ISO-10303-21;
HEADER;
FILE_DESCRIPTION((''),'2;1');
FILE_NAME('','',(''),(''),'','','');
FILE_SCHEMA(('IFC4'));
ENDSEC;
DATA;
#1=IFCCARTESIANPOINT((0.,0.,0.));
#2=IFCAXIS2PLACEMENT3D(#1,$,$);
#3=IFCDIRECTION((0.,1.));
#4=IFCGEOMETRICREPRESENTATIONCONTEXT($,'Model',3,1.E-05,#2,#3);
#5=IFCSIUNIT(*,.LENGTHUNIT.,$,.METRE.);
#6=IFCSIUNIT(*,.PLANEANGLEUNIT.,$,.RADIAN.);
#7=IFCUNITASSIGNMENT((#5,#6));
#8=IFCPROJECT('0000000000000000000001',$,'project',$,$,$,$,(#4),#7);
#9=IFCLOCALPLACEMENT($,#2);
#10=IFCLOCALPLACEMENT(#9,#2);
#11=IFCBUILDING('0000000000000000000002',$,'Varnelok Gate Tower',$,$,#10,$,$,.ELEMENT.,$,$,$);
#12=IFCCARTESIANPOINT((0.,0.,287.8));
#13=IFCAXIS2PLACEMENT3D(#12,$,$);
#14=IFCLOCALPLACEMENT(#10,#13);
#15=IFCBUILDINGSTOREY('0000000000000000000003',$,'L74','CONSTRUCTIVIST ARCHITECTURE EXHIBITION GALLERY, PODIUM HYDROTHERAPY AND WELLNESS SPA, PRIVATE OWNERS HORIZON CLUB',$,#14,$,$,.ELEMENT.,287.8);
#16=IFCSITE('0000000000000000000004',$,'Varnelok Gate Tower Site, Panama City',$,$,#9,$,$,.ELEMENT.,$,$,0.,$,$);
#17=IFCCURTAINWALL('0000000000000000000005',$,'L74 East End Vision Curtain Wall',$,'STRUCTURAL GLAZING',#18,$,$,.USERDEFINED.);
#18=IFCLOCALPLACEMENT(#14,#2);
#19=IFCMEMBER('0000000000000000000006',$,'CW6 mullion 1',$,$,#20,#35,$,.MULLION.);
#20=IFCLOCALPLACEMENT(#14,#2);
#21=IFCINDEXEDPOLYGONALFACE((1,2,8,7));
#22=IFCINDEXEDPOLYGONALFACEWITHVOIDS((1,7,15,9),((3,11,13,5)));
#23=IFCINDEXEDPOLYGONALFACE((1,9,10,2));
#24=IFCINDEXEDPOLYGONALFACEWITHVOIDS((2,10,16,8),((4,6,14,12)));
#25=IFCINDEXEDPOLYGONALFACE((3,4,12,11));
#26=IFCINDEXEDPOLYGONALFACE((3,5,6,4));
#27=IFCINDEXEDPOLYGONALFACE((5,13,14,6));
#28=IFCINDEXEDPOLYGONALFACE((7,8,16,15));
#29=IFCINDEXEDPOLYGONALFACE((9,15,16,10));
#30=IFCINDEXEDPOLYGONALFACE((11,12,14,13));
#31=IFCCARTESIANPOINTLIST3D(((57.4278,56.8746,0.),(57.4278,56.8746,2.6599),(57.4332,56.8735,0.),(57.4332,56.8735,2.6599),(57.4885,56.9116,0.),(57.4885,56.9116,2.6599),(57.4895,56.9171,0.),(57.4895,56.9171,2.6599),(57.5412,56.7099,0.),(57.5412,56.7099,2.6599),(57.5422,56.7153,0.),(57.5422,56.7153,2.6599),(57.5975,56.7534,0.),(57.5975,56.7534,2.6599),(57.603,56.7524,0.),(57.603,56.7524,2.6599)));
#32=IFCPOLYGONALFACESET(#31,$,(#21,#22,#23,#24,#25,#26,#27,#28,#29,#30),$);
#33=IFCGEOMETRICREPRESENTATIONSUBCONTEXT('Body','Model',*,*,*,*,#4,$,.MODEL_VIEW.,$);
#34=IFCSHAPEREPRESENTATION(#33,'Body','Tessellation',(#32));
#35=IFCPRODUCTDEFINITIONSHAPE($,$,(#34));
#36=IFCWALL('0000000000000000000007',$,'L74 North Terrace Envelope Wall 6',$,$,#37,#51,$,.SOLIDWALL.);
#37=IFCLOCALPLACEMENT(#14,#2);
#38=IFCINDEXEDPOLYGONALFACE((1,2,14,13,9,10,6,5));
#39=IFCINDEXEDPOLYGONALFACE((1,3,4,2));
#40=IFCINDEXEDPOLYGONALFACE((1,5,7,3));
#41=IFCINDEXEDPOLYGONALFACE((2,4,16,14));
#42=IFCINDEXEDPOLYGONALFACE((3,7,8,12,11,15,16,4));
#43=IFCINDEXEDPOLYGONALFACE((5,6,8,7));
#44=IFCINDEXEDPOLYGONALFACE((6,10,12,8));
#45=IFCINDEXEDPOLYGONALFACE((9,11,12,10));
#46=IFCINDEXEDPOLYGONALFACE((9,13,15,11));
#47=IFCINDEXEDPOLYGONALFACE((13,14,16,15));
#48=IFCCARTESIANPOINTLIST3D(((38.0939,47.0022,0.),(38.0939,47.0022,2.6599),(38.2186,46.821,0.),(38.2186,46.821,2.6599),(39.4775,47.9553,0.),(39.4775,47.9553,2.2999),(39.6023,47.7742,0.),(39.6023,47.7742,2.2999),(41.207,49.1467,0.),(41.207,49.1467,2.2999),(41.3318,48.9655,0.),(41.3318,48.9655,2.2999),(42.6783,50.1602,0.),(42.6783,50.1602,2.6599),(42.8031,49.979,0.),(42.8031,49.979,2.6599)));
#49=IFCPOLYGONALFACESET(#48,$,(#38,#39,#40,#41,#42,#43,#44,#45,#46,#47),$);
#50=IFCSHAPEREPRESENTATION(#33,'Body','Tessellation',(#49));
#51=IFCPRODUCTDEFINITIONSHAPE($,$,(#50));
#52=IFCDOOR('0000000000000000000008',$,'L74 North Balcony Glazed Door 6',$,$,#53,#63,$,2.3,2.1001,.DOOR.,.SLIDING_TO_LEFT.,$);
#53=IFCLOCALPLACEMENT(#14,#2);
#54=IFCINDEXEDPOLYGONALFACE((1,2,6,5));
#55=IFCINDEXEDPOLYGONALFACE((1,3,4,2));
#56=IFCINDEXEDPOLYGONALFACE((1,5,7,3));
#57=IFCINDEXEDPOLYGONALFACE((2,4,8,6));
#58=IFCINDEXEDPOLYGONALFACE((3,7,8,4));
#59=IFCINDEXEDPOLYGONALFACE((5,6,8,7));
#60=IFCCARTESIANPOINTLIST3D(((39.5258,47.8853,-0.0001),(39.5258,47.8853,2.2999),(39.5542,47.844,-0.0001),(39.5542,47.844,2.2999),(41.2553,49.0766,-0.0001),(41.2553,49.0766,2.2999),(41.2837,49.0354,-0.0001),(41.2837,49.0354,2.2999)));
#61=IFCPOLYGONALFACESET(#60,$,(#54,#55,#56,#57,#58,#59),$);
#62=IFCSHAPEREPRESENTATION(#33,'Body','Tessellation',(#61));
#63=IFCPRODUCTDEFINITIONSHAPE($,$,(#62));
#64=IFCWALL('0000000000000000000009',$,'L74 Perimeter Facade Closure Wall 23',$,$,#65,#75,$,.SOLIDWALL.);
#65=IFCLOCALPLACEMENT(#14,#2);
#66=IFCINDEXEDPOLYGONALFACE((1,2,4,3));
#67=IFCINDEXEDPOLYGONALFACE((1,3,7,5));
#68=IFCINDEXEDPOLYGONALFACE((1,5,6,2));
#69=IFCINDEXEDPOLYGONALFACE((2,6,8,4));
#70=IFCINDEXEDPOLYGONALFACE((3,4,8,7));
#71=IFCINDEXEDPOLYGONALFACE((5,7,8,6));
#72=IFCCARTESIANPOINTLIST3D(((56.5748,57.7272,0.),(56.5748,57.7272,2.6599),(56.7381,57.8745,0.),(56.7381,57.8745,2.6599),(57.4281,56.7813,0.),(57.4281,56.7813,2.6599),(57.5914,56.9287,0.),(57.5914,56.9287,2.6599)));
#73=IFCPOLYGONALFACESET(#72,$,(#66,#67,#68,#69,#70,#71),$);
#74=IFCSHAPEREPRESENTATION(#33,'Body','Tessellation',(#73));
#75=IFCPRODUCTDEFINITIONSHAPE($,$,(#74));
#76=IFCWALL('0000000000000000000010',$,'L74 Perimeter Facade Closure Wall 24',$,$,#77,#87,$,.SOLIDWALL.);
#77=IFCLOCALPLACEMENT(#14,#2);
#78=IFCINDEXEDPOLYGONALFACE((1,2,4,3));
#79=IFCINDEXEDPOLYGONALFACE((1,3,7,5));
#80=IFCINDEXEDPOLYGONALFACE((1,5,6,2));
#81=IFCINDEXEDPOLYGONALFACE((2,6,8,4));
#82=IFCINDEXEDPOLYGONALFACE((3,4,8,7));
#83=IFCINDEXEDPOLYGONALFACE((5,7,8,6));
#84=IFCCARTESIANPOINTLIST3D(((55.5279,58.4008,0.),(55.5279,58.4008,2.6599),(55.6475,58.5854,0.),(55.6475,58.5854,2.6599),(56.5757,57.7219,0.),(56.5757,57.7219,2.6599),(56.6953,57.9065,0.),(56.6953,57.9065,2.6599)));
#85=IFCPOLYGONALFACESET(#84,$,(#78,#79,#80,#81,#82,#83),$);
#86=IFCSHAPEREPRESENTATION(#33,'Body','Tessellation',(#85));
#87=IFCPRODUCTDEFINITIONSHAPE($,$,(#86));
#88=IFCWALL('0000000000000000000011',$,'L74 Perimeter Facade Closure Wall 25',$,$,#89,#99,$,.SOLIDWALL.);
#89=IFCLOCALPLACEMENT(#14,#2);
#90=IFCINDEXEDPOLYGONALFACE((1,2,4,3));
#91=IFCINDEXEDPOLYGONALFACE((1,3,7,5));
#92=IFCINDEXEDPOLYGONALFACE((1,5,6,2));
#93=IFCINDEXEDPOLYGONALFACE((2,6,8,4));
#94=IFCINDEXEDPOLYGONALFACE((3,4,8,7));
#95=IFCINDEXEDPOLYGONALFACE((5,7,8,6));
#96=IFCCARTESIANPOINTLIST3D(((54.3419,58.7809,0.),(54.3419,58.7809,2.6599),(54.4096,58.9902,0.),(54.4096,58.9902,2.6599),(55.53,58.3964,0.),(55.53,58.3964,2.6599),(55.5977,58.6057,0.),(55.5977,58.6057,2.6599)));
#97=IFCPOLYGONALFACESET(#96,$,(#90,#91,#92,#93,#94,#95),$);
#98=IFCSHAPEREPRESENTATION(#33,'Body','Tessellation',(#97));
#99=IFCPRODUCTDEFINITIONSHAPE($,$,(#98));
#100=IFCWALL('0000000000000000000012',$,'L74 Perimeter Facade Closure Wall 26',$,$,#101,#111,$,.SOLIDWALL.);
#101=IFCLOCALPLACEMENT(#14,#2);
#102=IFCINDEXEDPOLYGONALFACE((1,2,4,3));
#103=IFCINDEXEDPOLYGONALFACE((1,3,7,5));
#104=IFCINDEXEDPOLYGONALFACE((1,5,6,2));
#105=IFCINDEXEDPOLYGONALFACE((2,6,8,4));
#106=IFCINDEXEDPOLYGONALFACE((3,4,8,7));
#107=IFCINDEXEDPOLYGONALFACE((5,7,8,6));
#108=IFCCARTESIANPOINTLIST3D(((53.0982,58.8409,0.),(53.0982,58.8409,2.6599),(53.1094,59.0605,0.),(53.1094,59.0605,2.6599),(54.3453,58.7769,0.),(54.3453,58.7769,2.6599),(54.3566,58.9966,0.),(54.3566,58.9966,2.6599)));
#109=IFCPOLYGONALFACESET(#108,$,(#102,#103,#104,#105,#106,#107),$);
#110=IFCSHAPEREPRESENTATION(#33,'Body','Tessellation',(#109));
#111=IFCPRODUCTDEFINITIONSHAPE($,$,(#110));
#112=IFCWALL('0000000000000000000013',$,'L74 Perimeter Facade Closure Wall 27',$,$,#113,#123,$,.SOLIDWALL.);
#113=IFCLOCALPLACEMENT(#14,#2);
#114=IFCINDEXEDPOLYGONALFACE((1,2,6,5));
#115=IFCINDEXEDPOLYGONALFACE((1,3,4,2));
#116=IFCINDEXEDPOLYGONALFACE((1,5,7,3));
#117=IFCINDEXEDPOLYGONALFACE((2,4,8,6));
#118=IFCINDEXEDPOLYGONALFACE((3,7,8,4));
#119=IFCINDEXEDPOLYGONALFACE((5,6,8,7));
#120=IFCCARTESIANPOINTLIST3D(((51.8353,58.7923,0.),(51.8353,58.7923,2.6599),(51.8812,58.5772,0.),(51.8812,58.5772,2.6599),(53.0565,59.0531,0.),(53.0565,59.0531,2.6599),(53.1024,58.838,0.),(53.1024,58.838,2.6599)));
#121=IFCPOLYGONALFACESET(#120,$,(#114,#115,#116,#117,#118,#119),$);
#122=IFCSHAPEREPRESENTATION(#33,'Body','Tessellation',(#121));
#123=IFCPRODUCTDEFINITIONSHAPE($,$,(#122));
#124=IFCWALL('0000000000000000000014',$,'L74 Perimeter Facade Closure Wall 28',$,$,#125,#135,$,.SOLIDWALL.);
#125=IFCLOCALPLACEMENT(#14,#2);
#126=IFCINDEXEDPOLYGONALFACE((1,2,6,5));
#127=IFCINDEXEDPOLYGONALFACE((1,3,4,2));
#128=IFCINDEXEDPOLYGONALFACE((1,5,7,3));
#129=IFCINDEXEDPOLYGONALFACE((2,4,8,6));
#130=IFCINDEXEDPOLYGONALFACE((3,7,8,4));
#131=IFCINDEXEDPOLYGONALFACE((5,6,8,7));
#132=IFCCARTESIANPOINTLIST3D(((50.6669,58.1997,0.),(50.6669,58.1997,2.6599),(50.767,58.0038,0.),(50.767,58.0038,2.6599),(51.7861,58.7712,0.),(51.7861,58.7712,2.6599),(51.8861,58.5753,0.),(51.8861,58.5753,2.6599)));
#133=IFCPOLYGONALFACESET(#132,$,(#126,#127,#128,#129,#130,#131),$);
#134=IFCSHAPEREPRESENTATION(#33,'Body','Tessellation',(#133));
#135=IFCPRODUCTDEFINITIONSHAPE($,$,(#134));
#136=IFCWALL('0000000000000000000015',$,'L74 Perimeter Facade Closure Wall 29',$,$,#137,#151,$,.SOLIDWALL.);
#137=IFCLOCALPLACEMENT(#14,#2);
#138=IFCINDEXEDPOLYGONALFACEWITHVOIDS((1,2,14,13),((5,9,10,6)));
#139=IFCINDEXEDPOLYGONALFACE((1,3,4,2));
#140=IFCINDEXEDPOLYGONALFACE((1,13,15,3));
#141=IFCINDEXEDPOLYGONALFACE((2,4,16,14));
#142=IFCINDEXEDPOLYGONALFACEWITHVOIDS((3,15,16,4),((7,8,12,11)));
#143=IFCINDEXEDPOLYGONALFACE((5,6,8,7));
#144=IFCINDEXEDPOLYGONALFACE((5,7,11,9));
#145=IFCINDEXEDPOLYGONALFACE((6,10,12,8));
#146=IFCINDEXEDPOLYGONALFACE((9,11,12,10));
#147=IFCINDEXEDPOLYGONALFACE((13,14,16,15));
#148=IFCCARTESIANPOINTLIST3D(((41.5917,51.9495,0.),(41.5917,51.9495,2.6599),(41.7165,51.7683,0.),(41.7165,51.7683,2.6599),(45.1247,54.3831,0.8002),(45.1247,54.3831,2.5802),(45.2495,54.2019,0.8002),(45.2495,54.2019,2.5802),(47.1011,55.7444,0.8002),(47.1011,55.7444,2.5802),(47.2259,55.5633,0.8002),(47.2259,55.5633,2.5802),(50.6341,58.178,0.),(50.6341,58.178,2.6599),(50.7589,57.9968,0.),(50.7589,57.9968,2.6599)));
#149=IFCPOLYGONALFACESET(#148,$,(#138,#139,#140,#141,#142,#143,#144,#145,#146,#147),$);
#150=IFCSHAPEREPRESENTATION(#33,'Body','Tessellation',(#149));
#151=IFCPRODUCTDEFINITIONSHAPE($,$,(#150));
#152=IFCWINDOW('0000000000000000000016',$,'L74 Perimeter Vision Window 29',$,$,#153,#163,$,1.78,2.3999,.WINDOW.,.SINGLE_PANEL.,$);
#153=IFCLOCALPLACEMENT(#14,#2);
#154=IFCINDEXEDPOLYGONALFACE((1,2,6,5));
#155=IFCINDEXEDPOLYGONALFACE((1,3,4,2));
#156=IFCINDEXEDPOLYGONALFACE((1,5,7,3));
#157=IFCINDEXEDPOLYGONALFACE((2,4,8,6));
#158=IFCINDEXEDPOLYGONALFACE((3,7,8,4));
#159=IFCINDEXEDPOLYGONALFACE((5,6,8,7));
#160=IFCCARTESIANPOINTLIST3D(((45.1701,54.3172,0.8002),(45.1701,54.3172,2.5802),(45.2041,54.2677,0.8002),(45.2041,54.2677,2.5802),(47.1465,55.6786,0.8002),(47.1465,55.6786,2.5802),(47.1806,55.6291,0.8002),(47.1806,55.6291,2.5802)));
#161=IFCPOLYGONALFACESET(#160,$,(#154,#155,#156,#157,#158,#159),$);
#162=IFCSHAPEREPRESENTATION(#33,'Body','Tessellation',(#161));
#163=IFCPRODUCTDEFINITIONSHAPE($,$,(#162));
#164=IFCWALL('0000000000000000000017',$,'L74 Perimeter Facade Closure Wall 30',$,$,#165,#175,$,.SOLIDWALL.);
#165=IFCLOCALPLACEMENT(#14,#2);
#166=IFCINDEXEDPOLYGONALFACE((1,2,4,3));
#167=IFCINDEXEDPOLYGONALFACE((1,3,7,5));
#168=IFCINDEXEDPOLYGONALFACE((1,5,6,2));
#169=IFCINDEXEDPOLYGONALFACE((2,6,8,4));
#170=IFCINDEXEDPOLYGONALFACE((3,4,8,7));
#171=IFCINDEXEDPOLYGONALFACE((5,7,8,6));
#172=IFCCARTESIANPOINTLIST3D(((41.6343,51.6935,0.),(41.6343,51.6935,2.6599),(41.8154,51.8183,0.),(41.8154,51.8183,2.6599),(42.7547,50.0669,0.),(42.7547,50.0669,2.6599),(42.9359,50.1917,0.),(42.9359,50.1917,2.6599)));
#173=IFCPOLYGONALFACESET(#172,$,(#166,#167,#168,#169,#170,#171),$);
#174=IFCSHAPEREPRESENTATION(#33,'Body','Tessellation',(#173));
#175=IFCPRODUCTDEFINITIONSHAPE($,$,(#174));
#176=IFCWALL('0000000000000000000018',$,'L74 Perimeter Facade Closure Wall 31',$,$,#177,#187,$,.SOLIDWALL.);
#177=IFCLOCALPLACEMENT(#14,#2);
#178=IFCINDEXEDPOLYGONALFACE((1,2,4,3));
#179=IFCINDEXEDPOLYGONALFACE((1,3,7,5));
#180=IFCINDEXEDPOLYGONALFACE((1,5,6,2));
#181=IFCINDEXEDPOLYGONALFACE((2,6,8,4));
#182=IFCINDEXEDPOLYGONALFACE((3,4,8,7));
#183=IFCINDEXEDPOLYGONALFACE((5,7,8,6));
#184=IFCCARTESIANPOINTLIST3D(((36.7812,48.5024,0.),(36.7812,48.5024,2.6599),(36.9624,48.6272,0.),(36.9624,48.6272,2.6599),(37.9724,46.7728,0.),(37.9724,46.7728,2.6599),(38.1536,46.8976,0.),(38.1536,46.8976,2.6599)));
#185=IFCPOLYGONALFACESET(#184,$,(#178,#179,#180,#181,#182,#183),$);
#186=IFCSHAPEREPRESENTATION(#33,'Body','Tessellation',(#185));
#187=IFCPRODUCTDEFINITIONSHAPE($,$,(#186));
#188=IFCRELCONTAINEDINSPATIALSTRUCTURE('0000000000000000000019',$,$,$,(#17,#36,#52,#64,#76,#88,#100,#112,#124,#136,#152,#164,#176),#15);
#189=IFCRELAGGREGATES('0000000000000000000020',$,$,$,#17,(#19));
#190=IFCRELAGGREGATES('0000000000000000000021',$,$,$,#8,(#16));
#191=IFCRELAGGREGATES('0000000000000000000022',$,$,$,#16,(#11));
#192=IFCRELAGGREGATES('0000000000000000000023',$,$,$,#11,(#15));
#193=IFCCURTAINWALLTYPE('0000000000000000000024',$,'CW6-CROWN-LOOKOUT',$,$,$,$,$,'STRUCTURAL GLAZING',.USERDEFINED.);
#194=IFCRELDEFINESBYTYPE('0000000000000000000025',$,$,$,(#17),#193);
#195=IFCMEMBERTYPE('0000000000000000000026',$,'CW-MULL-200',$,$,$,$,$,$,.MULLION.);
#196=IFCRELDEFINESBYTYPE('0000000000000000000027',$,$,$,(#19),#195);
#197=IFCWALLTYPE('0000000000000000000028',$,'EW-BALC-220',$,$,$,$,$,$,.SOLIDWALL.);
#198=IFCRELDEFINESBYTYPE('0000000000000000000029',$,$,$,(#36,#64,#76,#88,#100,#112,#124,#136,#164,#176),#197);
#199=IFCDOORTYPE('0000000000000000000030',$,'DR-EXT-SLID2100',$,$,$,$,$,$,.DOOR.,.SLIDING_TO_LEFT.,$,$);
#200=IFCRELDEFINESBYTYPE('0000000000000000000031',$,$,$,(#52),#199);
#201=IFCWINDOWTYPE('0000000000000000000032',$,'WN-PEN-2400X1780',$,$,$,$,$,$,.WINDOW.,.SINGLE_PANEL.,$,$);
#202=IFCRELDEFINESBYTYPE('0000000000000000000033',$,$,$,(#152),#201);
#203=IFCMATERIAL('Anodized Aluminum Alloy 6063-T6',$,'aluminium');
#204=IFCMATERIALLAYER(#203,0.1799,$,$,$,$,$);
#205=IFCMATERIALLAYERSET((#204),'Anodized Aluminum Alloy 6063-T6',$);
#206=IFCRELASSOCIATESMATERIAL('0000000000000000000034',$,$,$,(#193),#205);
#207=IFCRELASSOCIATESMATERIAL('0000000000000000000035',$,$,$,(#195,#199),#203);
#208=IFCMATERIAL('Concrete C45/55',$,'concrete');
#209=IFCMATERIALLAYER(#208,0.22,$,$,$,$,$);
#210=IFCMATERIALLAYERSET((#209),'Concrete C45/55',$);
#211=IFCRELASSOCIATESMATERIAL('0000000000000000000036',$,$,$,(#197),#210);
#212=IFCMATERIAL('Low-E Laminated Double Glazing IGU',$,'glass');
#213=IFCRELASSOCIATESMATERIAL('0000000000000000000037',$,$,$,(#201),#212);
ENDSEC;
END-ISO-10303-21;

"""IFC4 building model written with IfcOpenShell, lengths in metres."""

from ifc_helpers import new_model, si_unit, direction, frame, frame_2d, origin, origin_2d, place, context, subcontext, project, spatial, rectangle, hollow_rectangle, extrude, material, layer, layer_set, material_profile, profile_set, type_object, element, fill, aggregate, save


model = new_model("IFC4")

# Units and contexts
model_context = context("Model", 3, precision=1e-05, world=origin(), true_north=direction((0.0, 1.0)))
body_context = subcontext(model_context, "Body", "Model", "MODEL_VIEW")
ifc_project = project(units=[si_unit("LENGTHUNIT", "METRE"), si_unit("PLANEANGLEUNIT", "RADIAN")], contexts=[model_context])

# Site, building, storey
site_placement = place(None, origin())
site = spatial("IfcSite", under=ifc_project, at=site_placement, Name="Varnelok Gate Tower Site, Panama City", CompositionType="ELEMENT", RefElevation=0.0)
building_placement = place(site_placement, origin())
building = spatial("IfcBuilding", under=site, at=building_placement, Name="Varnelok Gate Tower", CompositionType="ELEMENT")
storey_placement = place(building_placement, frame((0.0, 0.0, 287.8)))
storey = spatial("IfcBuildingStorey", under=building, at=storey_placement, Name="L74", Description="CONSTRUCTIVIST ARCHITECTURE EXHIBITION GALLERY, PODIUM HYDROTHERAPY AND WELLNESS SPA, PRIVATE OWNERS HORIZON CLUB", CompositionType="ELEMENT", Elevation=287.8)

# Curtain wall, member
ifc_material_1 = material(Name="Anodized Aluminum Alloy 6063-T6", Category="aluminium")
ifc_layer_1 = layer(ifc_material_1, 0.1799)
ifc_layer_set_1 = layer_set([ifc_layer_1], Name="Anodized Aluminum Alloy 6063-T6")
curtain_wall_type = type_object("IfcCurtainWallType", Name="CW6-CROWN-LOOKOUT", ElementType="STRUCTURAL GLAZING", PredefinedType="USERDEFINED", material=ifc_layer_set_1)
curtain_wall_placement = place(storey_placement, origin())
curtain_wall = element("IfcCurtainWall", 1, at=curtain_wall_placement, inside=storey, type_object=curtain_wall_type, Name="L74 East End Vision Curtain Wall", ObjectType="STRUCTURAL GLAZING", PredefinedType="USERDEFINED")
ifc_material_profile_1 = material_profile(ifc_material_1, hollow_rectangle(XDim=0.075, YDim=0.2, WallThickness=0.0039, at=origin_2d()), Name="ALU200X75X4")
ifc_profile_set_1 = profile_set([ifc_material_profile_1], Name="Anodized Aluminum Alloy 6063-T6")
member_type = type_object("IfcMemberType", Name="CW-MULL-200", PredefinedType="MULLION", material=ifc_profile_set_1)
member_placement = place(storey_placement, frame((57.5154, 56.8135, 0.0), z_axis=(0.0, 0.0, 1.0), x_axis=(0.823532, 0.567269, 0.0)))
member = element("IfcMember", 2, at=member_placement, type_object=member_type, Name="CW6 mullion 1", PredefinedType="MULLION", context=body_context, shape_type="SweptSolid", body=[
    extrude(hollow_rectangle(XDim=0.075, YDim=0.2, WallThickness=0.0039, at=origin_2d()), origin(), (0.0, 0.0, 1.0), 2.6599),
])
aggregate(curtain_wall, [member])

# Wall, opening, door
ifc_material_2 = material(Name="Concrete C45/55", Category="concrete")
ifc_layer_2 = layer(ifc_material_2, 0.22)
ifc_layer_set_2 = layer_set([ifc_layer_2], Name="Concrete C45/55")
wall_type_1 = type_object("IfcWallType", Name="EW-BALC-220", PredefinedType="SOLIDWALL", material=ifc_layer_set_2)
wall_1_placement = place(storey_placement, frame((38.1562, 46.9116, 0.0), z_axis=(0.0, 0.0, 1.0), x_axis=(0.823527, 0.567277, 0.0)))
wall_1 = element("IfcWall", 3, at=wall_1_placement, inside=storey, type_object=wall_type_1, Name="L74 North Terrace Envelope Wall 6", PredefinedType="SOLIDWALL", context=body_context, shape_type="SweptSolid", body=[
    extrude(rectangle(XDim=5.5669, YDim=0.22, at=frame_2d((2.7834, 0.0))), origin(), (0.0, 0.0, 1.0), 2.6599),
])
opening_1_placement = place(wall_1_placement, frame((1.6802, 0.0, 0.0)))
opening_1 = element("IfcOpeningElement", 4, at=opening_1_placement, cuts=wall_1, PredefinedType="OPENING", context=body_context, shape_type="SweptSolid", body=[
    extrude(rectangle(XDim=2.1001, YDim=2.3, at=frame_2d((1.05, 1.1499))), frame((0.0, 0.1199, 0.0), z_axis=(0.0, -1.0, 0.0), x_axis=(1.0, 0.0, 0.0)), (0.0, 0.0, 1.0), 0.24),
])
door_type = type_object("IfcDoorType", Name="DR-EXT-SLID2100", OperationType="SLIDING_TO_LEFT", PredefinedType="DOOR", material=ifc_material_1)
door_placement = place(opening_1_placement, origin())
door = element("IfcDoor", 5, at=door_placement, inside=storey, type_object=door_type, Name="L74 North Balcony Glazed Door 6", OperationType="SLIDING_TO_LEFT", OverallHeight=2.3, OverallWidth=2.1001, PredefinedType="DOOR", context=body_context, shape_type="SweptSolid", body=[
    extrude(rectangle(XDim=2.1001, YDim=2.3, at=frame_2d((1.05, 1.1499))), frame((0.0, 0.0249, 0.0), z_axis=(0.0, -1.0, 0.0), x_axis=(1.0, 0.0, 0.0)), (0.0, 0.0, 1.0), 0.05),
])
fill(opening_1, door)

# Walls
wall_2_placement = place(storey_placement, frame((57.5098, 56.855, 0.0), z_axis=(0.0, 0.0, 1.0), x_axis=(-0.669854, 0.742493, 0.0)))
element("IfcWall", 6, at=wall_2_placement, inside=storey, type_object=wall_type_1, Name="L74 Perimeter Facade Closure Wall 23", PredefinedType="SOLIDWALL", context=body_context, shape_type="SweptSolid", body=[
    extrude(rectangle(XDim=1.2739, YDim=0.22, at=frame_2d((0.637, 0.0))), origin(), (0.0, 0.0, 1.0), 2.6599),
])
wall_3_placement = place(storey_placement, frame((56.6355, 57.8142, 0.0), z_axis=(0.0, 0.0, 1.0), x_axis=(-0.839229, 0.543778, 0.0)))
element("IfcWall", 7, at=wall_3_placement, inside=storey, type_object=wall_type_1, Name="L74 Perimeter Facade Closure Wall 24", PredefinedType="SOLIDWALL", context=body_context, shape_type="SweptSolid", body=[
    extrude(rectangle(XDim=1.2485, YDim=0.22, at=frame_2d((0.6243, 0.0))), origin(), (0.0, 0.0, 1.0), 2.6599),
])
for number, where, z_axis, x_axis, name in (
    (8, (55.564, 58.501, 0.0), (0.0, 0.0, 1.0), (-0.951404, 0.307945, 0.0), "L74 Perimeter Facade Closure Wall 25"),
    (9, (54.3511, 58.8867, 0.0), (0.0, 0.0, 1.0), (-0.998687, 0.051225, 0.0), "L74 Perimeter Facade Closure Wall 26"),
    (10, (53.0796, 58.9456, 0.0), (0.0, 0.0, 1.0), (-0.977957, -0.208808, 0.0), "L74 Perimeter Facade Closure Wall 27"),
):
    element("IfcWall", number, at=place(storey_placement, frame(where, z_axis=z_axis, x_axis=x_axis)), inside=storey, type_object=wall_type_1, Name=name, PredefinedType="SOLIDWALL", context=body_context, shape_type="SweptSolid", body=[
        extrude(rectangle(XDim=1.2488, YDim=0.22, at=frame_2d((0.6245, 0.0))), origin(), (0.0, 0.0, 1.0), 2.6599),
    ])
wall_4_placement = place(storey_placement, frame((51.8362, 58.6733, 0.0), z_axis=(0.0, 0.0, 1.0), x_axis=(-0.890587, -0.454813, 0.0)))
element("IfcWall", 11, at=wall_4_placement, inside=storey, type_object=wall_type_1, Name="L74 Perimeter Facade Closure Wall 28", PredefinedType="SOLIDWALL", context=body_context, shape_type="SweptSolid", body=[
    extrude(rectangle(XDim=1.2566, YDim=0.22, at=frame_2d((0.6284, 0.0))), origin(), (0.0, 0.0, 1.0), 2.6599),
])

# Wall, opening, window
wall_5_placement = place(storey_placement, frame((50.6965, 58.0874, 0.0), z_axis=(0.0, 0.0, 1.0), x_axis=(-0.823539, -0.567259, 0.0)))
wall_5 = element("IfcWall", 12, at=wall_5_placement, inside=storey, type_object=wall_type_1, Name="L74 Perimeter Facade Closure Wall 29", PredefinedType="SOLIDWALL", context=body_context, shape_type="SweptSolid", body=[
    extrude(rectangle(XDim=10.98, YDim=0.22, at=frame_2d((5.49, 0.0))), origin(), (0.0, 0.0, 1.0), 2.6599),
])
opening_2_placement = place(wall_5_placement, frame((4.29, 0.0, 0.8)))
opening_2 = element("IfcOpeningElement", 13, at=opening_2_placement, cuts=wall_5, PredefinedType="OPENING", context=body_context, shape_type="SweptSolid", body=[
    extrude(rectangle(XDim=2.3999, YDim=1.78, at=frame_2d((1.2, 0.8901))), frame((0.0, 0.1199, 0.0), z_axis=(0.0, -1.0, 0.0), x_axis=(1.0, 0.0, 0.0)), (0.0, 0.0, 1.0), 0.24),
])
ifc_material_3 = material(Name="Low-E Laminated Double Glazing IGU", Category="glass")
window_type = type_object("IfcWindowType", Name="WN-PEN-2400X1780", PartitioningType="SINGLE_PANEL", PredefinedType="WINDOW", material=ifc_material_3)
window_placement = place(opening_2_placement, origin())
window = element("IfcWindow", 14, at=window_placement, inside=storey, type_object=window_type, Name="L74 Perimeter Vision Window 29", OverallHeight=1.78, OverallWidth=2.3999, PartitioningType="SINGLE_PANEL", PredefinedType="WINDOW", context=body_context, shape_type="SweptSolid", body=[
    extrude(rectangle(XDim=2.3999, YDim=1.78, at=frame_2d((1.2, 0.8901))), frame((0.0, 0.03, 0.0), z_axis=(0.0, -1.0, 0.0), x_axis=(1.0, 0.0, 0.0)), (0.0, 0.0, 1.0), 0.0601),
])
fill(opening_2, window)

# Walls
wall_6_placement = place(storey_placement, frame((41.7249, 51.7559, 0.0), z_axis=(0.0, 0.0, 1.0), x_axis=(0.567274, -0.823529, 0.0)))
element("IfcWall", 15, at=wall_6_placement, inside=storey, type_object=wall_type_1, Name="L74 Perimeter Facade Closure Wall 30", PredefinedType="SOLIDWALL", context=body_context, shape_type="SweptSolid", body=[
    extrude(rectangle(XDim=1.9751, YDim=0.22, at=frame_2d((0.9875, 0.0))), origin(), (0.0, 0.0, 1.0), 2.6599),
])
wall_7_placement = place(storey_placement, frame((38.063, 46.8352, 0.0), z_axis=(0.0, 0.0, 1.0), x_axis=(-0.567219, 0.823567, 0.0)))
element("IfcWall", 16, at=wall_7_placement, inside=storey, type_object=wall_type_1, Name="L74 Perimeter Facade Closure Wall 31", PredefinedType="SOLIDWALL", context=body_context, shape_type="SweptSolid", body=[
    extrude(rectangle(XDim=2.1001, YDim=0.22, at=frame_2d((1.05, 0.0))), origin(), (0.0, 0.0, 1.0), 2.6599),
])

save(model, "model.ifc")
